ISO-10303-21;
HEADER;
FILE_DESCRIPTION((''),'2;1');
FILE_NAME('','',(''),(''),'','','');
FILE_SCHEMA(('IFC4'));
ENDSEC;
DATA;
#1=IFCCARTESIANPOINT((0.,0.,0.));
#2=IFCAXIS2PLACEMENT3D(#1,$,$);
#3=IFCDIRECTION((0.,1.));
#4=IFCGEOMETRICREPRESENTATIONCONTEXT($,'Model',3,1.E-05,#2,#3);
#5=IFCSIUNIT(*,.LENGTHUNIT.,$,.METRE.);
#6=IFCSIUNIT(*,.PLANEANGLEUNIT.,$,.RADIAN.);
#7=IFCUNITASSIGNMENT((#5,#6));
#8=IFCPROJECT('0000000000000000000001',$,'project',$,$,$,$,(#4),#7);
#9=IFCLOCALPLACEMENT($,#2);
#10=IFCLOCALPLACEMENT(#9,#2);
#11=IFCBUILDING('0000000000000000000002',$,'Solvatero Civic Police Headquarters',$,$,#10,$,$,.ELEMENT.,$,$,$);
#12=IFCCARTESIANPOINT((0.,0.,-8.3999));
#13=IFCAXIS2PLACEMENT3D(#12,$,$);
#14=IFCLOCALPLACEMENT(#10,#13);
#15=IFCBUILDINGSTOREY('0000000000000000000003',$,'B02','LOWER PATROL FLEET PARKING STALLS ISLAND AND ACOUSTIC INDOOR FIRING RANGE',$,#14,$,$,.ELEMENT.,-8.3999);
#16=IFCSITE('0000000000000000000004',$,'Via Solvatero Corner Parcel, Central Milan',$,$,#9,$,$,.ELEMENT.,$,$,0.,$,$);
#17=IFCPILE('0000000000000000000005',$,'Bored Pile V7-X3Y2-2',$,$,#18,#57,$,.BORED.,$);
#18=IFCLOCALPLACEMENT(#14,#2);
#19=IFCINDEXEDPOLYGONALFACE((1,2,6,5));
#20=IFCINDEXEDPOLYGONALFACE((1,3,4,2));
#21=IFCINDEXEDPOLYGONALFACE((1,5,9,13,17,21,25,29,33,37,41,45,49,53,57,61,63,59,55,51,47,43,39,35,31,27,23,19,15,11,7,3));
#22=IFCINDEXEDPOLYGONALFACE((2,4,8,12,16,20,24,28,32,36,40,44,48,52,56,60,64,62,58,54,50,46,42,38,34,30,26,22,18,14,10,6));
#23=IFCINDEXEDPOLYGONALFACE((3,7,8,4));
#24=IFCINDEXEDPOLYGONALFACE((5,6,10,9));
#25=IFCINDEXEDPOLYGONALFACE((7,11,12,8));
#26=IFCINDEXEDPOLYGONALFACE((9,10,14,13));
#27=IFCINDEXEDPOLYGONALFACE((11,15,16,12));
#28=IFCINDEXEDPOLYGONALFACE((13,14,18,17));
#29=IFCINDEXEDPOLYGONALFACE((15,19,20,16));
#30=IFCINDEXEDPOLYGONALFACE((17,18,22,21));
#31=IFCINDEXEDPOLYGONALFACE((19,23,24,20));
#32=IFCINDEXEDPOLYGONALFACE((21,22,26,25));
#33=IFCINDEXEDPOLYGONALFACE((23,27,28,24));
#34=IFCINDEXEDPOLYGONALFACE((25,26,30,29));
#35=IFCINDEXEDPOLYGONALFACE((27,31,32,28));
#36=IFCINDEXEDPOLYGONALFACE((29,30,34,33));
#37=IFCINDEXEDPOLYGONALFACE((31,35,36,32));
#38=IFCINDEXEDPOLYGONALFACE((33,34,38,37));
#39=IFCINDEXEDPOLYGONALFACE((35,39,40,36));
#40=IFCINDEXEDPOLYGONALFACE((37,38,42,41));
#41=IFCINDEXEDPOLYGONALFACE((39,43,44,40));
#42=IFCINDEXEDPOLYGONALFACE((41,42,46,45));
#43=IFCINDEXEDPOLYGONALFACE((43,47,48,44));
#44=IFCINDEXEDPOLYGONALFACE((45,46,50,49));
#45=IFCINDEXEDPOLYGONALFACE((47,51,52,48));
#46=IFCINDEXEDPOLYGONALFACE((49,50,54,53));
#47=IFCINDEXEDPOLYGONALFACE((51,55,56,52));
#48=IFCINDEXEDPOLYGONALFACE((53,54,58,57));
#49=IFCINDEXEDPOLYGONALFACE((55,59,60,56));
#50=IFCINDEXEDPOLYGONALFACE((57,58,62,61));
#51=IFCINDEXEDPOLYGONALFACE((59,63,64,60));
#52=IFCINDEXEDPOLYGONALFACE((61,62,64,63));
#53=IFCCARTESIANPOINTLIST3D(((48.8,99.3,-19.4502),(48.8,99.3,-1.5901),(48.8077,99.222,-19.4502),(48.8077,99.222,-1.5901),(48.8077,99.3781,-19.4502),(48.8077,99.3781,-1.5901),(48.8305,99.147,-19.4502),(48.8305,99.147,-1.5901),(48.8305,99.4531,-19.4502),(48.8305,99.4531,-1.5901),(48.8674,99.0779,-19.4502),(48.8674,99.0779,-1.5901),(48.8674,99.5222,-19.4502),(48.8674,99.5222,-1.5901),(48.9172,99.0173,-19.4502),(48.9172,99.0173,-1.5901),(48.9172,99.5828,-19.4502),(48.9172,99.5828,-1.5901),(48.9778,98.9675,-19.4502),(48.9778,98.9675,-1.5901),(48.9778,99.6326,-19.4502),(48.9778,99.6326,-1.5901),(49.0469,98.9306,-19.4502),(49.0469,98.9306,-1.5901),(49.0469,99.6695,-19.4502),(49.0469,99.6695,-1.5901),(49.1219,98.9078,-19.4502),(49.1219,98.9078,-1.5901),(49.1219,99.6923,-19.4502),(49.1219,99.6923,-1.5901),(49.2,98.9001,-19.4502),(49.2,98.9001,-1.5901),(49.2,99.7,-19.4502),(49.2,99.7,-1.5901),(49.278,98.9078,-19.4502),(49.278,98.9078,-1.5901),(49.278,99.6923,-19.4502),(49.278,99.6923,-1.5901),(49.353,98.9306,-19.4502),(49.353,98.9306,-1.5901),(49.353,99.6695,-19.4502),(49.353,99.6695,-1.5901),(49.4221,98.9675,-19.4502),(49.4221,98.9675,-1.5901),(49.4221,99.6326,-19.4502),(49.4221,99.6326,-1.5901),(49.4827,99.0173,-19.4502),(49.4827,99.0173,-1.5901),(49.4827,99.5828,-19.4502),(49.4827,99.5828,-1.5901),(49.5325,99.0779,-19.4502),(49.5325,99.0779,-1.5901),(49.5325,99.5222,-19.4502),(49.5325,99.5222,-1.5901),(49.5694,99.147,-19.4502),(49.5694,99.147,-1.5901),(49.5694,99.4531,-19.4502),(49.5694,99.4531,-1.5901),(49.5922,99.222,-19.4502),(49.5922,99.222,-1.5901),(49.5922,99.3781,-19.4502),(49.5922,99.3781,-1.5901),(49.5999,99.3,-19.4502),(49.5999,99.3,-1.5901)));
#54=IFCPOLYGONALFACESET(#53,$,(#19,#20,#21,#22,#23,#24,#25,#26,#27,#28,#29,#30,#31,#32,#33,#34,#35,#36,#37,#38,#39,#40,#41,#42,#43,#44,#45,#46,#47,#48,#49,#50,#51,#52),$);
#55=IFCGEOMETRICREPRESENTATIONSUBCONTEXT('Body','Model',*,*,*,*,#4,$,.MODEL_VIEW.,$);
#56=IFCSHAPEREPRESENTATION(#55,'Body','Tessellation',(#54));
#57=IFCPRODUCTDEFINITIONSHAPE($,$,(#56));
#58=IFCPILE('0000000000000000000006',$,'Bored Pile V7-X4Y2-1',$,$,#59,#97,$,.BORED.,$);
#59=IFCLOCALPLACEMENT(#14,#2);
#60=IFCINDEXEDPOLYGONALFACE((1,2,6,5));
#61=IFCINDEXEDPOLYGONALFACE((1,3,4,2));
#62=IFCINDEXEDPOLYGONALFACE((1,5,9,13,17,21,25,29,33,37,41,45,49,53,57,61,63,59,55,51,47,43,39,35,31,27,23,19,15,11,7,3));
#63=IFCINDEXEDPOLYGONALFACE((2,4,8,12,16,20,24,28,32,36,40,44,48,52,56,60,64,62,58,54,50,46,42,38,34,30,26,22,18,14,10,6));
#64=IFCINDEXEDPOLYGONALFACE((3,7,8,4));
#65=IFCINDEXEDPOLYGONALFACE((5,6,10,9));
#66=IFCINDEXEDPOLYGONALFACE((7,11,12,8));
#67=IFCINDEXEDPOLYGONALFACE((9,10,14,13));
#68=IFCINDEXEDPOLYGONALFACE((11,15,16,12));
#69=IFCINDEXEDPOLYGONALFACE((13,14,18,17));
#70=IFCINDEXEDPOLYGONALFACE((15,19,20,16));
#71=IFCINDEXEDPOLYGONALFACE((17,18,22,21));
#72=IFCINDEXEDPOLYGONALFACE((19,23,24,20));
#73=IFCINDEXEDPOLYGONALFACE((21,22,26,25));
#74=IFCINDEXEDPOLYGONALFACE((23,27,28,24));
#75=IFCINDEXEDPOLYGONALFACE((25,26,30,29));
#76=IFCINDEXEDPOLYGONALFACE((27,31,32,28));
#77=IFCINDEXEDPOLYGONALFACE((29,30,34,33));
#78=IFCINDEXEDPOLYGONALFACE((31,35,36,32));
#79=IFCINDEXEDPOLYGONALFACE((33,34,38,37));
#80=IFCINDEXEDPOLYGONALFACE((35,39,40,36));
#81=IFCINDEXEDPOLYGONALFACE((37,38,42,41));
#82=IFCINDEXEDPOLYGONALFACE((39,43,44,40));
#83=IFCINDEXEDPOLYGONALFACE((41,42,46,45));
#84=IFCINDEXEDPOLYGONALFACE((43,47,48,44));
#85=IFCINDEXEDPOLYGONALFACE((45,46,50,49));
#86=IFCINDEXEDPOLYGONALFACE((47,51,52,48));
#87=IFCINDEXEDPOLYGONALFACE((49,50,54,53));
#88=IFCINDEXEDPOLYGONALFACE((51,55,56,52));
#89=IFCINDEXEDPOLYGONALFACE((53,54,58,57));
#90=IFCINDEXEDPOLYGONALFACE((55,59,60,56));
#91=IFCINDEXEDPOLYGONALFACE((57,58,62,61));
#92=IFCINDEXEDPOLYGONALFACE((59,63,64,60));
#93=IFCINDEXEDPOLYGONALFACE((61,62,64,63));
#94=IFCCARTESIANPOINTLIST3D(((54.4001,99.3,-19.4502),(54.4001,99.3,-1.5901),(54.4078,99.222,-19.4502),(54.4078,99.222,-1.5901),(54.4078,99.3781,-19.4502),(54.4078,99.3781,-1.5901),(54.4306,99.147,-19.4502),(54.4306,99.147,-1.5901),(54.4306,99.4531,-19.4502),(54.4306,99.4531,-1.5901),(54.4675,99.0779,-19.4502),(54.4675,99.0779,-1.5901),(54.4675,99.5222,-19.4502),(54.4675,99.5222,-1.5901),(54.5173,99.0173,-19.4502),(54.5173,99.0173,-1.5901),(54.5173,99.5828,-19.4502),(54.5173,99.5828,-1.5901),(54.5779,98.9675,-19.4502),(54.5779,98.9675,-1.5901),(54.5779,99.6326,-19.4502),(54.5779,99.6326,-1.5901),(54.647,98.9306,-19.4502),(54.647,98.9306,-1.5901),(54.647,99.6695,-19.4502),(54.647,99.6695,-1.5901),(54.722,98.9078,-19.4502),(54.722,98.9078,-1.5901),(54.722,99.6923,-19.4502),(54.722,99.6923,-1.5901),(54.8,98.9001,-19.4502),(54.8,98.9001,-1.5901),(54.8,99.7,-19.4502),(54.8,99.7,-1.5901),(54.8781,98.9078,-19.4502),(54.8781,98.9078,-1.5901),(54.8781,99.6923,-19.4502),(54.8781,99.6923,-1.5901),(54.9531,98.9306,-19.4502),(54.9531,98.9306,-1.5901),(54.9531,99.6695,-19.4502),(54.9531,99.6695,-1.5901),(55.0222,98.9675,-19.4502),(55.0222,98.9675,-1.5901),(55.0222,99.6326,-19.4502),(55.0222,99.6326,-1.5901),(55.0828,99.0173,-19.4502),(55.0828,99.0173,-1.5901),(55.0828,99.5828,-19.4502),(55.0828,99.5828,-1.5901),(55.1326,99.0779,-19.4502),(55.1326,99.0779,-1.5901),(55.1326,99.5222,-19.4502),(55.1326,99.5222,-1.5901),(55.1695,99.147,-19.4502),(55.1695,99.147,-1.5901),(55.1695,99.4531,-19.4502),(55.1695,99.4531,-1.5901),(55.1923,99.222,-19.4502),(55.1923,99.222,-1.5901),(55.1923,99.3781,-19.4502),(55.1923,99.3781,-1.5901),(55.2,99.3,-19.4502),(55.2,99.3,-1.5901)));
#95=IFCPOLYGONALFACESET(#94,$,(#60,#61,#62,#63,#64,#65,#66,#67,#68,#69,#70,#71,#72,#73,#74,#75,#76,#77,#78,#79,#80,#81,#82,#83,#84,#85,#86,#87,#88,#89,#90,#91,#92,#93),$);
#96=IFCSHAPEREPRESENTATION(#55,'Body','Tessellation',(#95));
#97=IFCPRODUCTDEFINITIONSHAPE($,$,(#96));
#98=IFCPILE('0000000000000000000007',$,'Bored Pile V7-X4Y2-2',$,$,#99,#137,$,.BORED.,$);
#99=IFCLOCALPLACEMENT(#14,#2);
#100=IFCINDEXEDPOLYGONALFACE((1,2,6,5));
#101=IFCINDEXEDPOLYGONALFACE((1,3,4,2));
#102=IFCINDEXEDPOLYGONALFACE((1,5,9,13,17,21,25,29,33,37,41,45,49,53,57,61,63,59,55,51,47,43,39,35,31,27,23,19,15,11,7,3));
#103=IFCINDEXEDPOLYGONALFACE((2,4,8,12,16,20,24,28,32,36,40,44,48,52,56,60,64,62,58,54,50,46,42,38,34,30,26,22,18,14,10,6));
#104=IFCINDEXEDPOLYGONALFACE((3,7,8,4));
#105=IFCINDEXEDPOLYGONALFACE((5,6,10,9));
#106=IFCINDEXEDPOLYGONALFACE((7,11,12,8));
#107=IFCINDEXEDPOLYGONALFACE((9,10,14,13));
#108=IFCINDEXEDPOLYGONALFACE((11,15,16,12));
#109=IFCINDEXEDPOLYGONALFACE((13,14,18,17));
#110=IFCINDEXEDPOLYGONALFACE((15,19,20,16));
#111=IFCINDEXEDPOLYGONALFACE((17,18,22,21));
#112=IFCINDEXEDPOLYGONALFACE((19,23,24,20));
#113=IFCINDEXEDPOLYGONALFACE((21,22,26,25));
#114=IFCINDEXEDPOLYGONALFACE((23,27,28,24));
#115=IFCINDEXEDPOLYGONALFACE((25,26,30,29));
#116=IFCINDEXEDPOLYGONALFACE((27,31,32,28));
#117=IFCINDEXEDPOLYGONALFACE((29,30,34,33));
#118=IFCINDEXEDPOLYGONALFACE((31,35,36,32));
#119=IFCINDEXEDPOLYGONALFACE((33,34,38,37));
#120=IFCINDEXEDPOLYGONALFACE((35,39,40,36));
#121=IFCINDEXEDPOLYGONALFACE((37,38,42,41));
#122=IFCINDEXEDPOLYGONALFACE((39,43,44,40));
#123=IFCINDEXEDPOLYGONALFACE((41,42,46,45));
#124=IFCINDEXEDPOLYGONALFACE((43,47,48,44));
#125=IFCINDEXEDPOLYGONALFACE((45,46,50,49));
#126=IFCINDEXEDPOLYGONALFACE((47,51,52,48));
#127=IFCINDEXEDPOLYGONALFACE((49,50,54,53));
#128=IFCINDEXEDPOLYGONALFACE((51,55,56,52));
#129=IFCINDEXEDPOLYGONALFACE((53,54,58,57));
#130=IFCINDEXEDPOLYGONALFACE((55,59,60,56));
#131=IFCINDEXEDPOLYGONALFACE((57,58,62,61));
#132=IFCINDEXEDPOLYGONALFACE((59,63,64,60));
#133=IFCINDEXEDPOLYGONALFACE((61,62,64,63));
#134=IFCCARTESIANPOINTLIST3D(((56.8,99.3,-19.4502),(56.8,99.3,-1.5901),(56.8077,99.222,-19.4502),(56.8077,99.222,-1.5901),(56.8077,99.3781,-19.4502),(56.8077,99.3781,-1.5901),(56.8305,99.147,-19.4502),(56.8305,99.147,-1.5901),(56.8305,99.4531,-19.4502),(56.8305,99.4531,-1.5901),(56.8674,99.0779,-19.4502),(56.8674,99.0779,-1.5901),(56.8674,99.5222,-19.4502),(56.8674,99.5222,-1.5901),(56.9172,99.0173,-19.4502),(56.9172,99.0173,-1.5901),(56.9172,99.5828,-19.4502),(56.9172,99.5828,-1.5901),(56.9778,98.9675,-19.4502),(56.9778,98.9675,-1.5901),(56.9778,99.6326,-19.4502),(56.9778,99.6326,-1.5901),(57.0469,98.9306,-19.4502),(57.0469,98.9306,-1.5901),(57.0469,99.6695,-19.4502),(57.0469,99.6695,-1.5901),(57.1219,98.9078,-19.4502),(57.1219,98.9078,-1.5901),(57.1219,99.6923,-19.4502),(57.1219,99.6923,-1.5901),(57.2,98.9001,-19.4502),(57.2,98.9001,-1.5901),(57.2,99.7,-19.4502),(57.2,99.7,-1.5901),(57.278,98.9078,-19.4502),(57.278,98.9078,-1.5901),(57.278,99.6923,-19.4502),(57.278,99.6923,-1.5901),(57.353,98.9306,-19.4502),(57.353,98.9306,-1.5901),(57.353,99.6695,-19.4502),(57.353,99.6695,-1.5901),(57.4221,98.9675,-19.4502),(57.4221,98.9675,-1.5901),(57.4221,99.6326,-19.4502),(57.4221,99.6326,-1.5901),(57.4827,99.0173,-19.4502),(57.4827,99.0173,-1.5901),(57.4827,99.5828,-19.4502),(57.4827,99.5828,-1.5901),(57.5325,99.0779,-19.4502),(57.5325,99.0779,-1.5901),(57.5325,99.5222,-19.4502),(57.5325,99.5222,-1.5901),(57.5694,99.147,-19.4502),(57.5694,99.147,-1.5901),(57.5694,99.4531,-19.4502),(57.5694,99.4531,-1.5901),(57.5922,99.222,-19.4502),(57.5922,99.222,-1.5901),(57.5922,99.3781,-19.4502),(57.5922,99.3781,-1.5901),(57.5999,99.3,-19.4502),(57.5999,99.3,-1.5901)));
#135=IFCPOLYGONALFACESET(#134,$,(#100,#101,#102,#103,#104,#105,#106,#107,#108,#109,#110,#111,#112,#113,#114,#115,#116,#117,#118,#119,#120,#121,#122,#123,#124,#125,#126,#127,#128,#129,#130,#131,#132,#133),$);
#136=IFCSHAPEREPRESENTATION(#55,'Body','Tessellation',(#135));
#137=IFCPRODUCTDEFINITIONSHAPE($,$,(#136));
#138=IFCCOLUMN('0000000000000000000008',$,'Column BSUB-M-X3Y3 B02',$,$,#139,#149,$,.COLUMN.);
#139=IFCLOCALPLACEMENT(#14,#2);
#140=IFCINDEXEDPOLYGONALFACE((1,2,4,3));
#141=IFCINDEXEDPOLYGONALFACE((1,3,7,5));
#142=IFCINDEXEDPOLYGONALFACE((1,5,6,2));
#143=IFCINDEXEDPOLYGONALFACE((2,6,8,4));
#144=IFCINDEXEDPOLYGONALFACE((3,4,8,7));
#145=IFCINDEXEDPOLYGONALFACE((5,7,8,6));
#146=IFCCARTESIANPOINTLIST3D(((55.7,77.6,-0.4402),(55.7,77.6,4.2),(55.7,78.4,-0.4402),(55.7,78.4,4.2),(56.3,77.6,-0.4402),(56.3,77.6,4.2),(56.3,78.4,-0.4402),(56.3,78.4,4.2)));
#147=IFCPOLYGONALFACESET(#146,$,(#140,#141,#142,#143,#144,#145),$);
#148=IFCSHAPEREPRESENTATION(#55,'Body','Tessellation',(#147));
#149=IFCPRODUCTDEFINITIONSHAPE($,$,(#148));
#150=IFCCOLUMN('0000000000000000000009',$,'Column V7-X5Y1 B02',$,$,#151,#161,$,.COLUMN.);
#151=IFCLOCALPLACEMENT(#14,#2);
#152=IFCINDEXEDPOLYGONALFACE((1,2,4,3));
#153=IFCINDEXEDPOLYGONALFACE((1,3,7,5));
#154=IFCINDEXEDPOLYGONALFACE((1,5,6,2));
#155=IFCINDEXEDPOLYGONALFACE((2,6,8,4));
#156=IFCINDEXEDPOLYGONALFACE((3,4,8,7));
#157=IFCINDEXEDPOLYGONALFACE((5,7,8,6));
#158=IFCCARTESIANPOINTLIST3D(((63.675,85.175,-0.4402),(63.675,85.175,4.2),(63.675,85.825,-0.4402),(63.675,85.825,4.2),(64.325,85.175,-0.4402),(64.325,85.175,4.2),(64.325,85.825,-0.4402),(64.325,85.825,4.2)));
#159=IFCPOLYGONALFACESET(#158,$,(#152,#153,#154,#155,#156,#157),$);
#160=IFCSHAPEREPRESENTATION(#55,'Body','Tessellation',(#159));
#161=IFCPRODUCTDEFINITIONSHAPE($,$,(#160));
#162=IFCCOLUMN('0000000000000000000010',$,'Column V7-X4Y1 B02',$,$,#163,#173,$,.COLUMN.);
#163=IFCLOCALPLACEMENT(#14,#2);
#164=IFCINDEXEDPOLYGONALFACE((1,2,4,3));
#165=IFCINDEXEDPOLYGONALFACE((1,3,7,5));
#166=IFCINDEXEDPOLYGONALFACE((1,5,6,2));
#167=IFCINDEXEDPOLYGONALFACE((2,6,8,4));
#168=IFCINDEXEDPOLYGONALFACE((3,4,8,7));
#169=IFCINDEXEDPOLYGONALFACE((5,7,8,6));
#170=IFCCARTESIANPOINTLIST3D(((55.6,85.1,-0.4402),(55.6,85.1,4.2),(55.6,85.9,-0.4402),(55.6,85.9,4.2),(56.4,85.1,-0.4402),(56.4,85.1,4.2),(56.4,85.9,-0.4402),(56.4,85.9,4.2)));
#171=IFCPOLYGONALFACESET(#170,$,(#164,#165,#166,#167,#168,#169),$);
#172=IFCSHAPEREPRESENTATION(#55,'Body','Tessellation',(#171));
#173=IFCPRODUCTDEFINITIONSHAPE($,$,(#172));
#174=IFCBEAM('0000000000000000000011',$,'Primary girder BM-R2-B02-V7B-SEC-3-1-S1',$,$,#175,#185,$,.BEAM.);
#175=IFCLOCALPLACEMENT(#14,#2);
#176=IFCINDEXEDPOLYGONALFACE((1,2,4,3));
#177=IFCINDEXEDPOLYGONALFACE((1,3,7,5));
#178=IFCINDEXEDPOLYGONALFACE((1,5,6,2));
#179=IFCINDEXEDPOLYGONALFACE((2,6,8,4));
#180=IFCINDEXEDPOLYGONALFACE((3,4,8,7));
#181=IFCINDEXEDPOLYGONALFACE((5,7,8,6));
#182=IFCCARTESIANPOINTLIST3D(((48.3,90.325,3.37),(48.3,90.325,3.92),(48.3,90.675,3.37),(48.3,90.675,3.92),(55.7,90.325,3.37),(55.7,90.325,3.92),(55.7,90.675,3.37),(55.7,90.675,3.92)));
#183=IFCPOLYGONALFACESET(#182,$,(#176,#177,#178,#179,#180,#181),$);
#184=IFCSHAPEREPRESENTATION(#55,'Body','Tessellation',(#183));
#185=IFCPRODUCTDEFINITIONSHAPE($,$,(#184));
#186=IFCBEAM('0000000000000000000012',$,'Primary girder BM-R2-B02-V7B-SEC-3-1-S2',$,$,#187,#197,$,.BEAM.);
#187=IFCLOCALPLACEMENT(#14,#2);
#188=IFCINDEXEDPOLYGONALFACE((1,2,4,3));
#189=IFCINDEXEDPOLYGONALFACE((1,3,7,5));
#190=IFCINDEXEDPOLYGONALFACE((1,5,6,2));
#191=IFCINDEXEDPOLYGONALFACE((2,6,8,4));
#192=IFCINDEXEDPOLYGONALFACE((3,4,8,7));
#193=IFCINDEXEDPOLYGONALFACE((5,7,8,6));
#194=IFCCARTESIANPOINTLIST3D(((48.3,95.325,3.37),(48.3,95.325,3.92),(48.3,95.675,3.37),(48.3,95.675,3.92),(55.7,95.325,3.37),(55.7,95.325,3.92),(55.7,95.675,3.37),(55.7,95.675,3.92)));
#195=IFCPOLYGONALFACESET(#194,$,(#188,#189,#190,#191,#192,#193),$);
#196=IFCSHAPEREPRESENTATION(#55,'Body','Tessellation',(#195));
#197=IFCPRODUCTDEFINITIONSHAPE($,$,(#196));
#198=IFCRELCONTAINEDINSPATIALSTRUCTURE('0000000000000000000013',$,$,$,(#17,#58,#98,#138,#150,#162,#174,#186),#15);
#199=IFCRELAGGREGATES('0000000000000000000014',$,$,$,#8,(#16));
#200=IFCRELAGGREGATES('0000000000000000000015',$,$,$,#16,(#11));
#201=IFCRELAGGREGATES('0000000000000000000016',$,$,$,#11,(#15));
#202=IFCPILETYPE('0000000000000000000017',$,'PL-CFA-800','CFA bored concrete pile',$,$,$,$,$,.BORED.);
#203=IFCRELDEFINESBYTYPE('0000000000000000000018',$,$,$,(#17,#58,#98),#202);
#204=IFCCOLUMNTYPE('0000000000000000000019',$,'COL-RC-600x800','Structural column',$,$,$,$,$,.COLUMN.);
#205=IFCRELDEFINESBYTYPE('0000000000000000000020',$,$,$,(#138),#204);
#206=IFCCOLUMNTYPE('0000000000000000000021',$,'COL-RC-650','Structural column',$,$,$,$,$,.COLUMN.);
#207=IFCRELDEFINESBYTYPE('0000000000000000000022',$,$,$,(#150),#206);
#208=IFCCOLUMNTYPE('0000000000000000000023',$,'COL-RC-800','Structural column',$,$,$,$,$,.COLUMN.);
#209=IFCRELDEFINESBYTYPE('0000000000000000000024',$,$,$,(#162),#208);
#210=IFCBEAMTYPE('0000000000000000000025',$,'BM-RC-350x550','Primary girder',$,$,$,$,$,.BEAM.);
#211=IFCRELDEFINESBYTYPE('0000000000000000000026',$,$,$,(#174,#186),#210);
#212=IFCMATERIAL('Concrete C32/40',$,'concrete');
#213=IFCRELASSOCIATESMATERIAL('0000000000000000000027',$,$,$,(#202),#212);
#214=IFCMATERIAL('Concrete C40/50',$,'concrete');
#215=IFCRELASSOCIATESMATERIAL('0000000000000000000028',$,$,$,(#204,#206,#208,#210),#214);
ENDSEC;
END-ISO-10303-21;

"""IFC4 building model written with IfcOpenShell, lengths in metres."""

from ifc_helpers import new_model, si_unit, direction, frame, origin, origin_2d, place, context, subcontext, project, spatial, rectangle, circle, extrude, material, material_profile, profile_set, type_object, element, save


model = new_model("IFC4")

# Units and contexts
model_context = context("Model", 3, precision=1e-05, world=origin(), true_north=direction((0.0, 1.0)))
body_context = subcontext(model_context, "Body", "Model", "MODEL_VIEW")
ifc_project = project(units=[si_unit("LENGTHUNIT", "METRE"), si_unit("PLANEANGLEUNIT", "RADIAN")], contexts=[model_context])

# Site, building, storey
site_placement = place(None, origin())
site = spatial("IfcSite", under=ifc_project, at=site_placement, Name="Via Solvatero Corner Parcel, Central Milan", CompositionType="ELEMENT", RefElevation=0.0)
building_placement = place(site_placement, origin())
building = spatial("IfcBuilding", under=site, at=building_placement, Name="Solvatero Civic Police Headquarters", CompositionType="ELEMENT")
storey_placement = place(building_placement, frame((0.0, 0.0, -8.3999)))
storey = spatial("IfcBuildingStorey", under=building, at=storey_placement, Name="B02", Description="LOWER PATROL FLEET PARKING STALLS ISLAND AND ACOUSTIC INDOOR FIRING RANGE", CompositionType="ELEMENT", Elevation=-8.3999)

# Piles
ifc_material_1 = material(Name="Concrete C32/40", Category="concrete")
ifc_material_profile_1 = material_profile(ifc_material_1, circle(Radius=0.3999, at=origin_2d()), Name="CFA PILE D800")
ifc_profile_set_1 = profile_set([ifc_material_profile_1], Name="Concrete C32/40")
pile_type_1 = type_object("IfcPileType", Name="PL-CFA-800", Description="CFA bored concrete pile", PredefinedType="BORED", material=ifc_profile_set_1)
for number, where, z_axis, x_axis, name in (
    (1, (49.2, 99.3, -1.5901), (0.0, 0.0, -1.0), (1.0, 0.0, 0.0), "Bored Pile V7-X3Y2-2"),
    (2, (54.8, 99.3, -1.5901), (0.0, 0.0, -1.0), (1.0, 0.0, 0.0), "Bored Pile V7-X4Y2-1"),
    (3, (57.2, 99.3, -1.5901), (0.0, 0.0, -1.0), (1.0, 0.0, 0.0), "Bored Pile V7-X4Y2-2"),
):
    element("IfcPile", number, at=place(storey_placement, frame(where, z_axis=z_axis, x_axis=x_axis)), inside=storey, type_object=pile_type_1, Name=name, PredefinedType="BORED", context=body_context, shape_type="SweptSolid", body=[
        extrude(circle(Radius=0.3999, at=origin_2d()), origin(), (0.0, 0.0, 1.0), 17.8601),
    ])

# Columns
ifc_material_2 = material(Name="Concrete C40/50", Category="concrete")
ifc_material_profile_2 = material_profile(ifc_material_2, rectangle(XDim=0.6001, YDim=0.8, at=origin_2d()), Name="RC 600x800")
ifc_profile_set_2 = profile_set([ifc_material_profile_2], Name="Concrete C40/50")
column_type_1 = type_object("IfcColumnType", Name="COL-RC-600x800", Description="Structural column", PredefinedType="COLUMN", material=ifc_profile_set_2)
column_1_placement = place(storey_placement, frame((56.0, 78.0, -0.4402), z_axis=(0.0, 0.0, 1.0), x_axis=(1.0, 0.0, 0.0)))
element("IfcColumn", 4, at=column_1_placement, inside=storey, type_object=column_type_1, Name="Column BSUB-M-X3Y3 B02", PredefinedType="COLUMN", context=body_context, shape_type="SweptSolid", body=[
    extrude(rectangle(XDim=0.6001, YDim=0.8, at=origin_2d()), origin(), (0.0, 0.0, 1.0), 4.6401),
])
ifc_material_profile_3 = material_profile(ifc_material_2, rectangle(XDim=0.6499, YDim=0.6499, at=origin_2d()), Name="RC 650x650")
ifc_profile_set_3 = profile_set([ifc_material_profile_3], Name="Concrete C40/50")
column_type_2 = type_object("IfcColumnType", Name="COL-RC-650", Description="Structural column", PredefinedType="COLUMN", material=ifc_profile_set_3)
column_2_placement = place(storey_placement, frame((64.0, 85.5, -0.4402), z_axis=(0.0, 0.0, 1.0), x_axis=(1.0, 0.0, 0.0)))
element("IfcColumn", 5, at=column_2_placement, inside=storey, type_object=column_type_2, Name="Column V7-X5Y1 B02", PredefinedType="COLUMN", context=body_context, shape_type="SweptSolid", body=[
    extrude(rectangle(XDim=0.6499, YDim=0.6499, at=origin_2d()), origin(), (0.0, 0.0, 1.0), 4.6401),
])
ifc_material_profile_4 = material_profile(ifc_material_2, rectangle(XDim=0.8, YDim=0.8, at=origin_2d()), Name="RC 800x800")
ifc_profile_set_4 = profile_set([ifc_material_profile_4], Name="Concrete C40/50")
column_type_3 = type_object("IfcColumnType", Name="COL-RC-800", Description="Structural column", PredefinedType="COLUMN", material=ifc_profile_set_4)
column_3_placement = place(storey_placement, frame((56.0, 85.5, -0.4402), z_axis=(0.0, 0.0, 1.0), x_axis=(1.0, 0.0, 0.0)))
element("IfcColumn", 6, at=column_3_placement, inside=storey, type_object=column_type_3, Name="Column V7-X4Y1 B02", PredefinedType="COLUMN", context=body_context, shape_type="SweptSolid", body=[
    extrude(rectangle(XDim=0.8, YDim=0.8, at=origin_2d()), origin(), (0.0, 0.0, 1.0), 4.6401),
])

# Beams
ifc_material_profile_5 = material_profile(ifc_material_2, rectangle(XDim=0.3501, YDim=0.55, at=origin_2d()), Name="RC 350x550")
ifc_profile_set_5 = profile_set([ifc_material_profile_5], Name="Concrete C40/50")
beam_type_1 = type_object("IfcBeamType", Name="BM-RC-350x550", Description="Primary girder", PredefinedType="BEAM", material=ifc_profile_set_5)
for number, where, z_axis, x_axis, name in (
    (7, (48.3, 90.5, 3.645), (1.0, 0.0, 0.0), (0.0, 1.0, 0.0), "Primary girder BM-R2-B02-V7B-SEC-3-1-S1"),
    (8, (48.3, 95.5, 3.645), (1.0, 0.0, 0.0), (0.0, 1.0, 0.0), "Primary girder BM-R2-B02-V7B-SEC-3-1-S2"),
):
    element("IfcBeam", number, at=place(storey_placement, frame(where, z_axis=z_axis, x_axis=x_axis)), inside=storey, type_object=beam_type_1, Name=name, PredefinedType="BEAM", context=body_context, shape_type="SweptSolid", body=[
        extrude(rectangle(XDim=0.3501, YDim=0.55, at=origin_2d()), origin(), (0.0, 0.0, 1.0), 7.3999),
    ])

save(model, "model.ifc")
